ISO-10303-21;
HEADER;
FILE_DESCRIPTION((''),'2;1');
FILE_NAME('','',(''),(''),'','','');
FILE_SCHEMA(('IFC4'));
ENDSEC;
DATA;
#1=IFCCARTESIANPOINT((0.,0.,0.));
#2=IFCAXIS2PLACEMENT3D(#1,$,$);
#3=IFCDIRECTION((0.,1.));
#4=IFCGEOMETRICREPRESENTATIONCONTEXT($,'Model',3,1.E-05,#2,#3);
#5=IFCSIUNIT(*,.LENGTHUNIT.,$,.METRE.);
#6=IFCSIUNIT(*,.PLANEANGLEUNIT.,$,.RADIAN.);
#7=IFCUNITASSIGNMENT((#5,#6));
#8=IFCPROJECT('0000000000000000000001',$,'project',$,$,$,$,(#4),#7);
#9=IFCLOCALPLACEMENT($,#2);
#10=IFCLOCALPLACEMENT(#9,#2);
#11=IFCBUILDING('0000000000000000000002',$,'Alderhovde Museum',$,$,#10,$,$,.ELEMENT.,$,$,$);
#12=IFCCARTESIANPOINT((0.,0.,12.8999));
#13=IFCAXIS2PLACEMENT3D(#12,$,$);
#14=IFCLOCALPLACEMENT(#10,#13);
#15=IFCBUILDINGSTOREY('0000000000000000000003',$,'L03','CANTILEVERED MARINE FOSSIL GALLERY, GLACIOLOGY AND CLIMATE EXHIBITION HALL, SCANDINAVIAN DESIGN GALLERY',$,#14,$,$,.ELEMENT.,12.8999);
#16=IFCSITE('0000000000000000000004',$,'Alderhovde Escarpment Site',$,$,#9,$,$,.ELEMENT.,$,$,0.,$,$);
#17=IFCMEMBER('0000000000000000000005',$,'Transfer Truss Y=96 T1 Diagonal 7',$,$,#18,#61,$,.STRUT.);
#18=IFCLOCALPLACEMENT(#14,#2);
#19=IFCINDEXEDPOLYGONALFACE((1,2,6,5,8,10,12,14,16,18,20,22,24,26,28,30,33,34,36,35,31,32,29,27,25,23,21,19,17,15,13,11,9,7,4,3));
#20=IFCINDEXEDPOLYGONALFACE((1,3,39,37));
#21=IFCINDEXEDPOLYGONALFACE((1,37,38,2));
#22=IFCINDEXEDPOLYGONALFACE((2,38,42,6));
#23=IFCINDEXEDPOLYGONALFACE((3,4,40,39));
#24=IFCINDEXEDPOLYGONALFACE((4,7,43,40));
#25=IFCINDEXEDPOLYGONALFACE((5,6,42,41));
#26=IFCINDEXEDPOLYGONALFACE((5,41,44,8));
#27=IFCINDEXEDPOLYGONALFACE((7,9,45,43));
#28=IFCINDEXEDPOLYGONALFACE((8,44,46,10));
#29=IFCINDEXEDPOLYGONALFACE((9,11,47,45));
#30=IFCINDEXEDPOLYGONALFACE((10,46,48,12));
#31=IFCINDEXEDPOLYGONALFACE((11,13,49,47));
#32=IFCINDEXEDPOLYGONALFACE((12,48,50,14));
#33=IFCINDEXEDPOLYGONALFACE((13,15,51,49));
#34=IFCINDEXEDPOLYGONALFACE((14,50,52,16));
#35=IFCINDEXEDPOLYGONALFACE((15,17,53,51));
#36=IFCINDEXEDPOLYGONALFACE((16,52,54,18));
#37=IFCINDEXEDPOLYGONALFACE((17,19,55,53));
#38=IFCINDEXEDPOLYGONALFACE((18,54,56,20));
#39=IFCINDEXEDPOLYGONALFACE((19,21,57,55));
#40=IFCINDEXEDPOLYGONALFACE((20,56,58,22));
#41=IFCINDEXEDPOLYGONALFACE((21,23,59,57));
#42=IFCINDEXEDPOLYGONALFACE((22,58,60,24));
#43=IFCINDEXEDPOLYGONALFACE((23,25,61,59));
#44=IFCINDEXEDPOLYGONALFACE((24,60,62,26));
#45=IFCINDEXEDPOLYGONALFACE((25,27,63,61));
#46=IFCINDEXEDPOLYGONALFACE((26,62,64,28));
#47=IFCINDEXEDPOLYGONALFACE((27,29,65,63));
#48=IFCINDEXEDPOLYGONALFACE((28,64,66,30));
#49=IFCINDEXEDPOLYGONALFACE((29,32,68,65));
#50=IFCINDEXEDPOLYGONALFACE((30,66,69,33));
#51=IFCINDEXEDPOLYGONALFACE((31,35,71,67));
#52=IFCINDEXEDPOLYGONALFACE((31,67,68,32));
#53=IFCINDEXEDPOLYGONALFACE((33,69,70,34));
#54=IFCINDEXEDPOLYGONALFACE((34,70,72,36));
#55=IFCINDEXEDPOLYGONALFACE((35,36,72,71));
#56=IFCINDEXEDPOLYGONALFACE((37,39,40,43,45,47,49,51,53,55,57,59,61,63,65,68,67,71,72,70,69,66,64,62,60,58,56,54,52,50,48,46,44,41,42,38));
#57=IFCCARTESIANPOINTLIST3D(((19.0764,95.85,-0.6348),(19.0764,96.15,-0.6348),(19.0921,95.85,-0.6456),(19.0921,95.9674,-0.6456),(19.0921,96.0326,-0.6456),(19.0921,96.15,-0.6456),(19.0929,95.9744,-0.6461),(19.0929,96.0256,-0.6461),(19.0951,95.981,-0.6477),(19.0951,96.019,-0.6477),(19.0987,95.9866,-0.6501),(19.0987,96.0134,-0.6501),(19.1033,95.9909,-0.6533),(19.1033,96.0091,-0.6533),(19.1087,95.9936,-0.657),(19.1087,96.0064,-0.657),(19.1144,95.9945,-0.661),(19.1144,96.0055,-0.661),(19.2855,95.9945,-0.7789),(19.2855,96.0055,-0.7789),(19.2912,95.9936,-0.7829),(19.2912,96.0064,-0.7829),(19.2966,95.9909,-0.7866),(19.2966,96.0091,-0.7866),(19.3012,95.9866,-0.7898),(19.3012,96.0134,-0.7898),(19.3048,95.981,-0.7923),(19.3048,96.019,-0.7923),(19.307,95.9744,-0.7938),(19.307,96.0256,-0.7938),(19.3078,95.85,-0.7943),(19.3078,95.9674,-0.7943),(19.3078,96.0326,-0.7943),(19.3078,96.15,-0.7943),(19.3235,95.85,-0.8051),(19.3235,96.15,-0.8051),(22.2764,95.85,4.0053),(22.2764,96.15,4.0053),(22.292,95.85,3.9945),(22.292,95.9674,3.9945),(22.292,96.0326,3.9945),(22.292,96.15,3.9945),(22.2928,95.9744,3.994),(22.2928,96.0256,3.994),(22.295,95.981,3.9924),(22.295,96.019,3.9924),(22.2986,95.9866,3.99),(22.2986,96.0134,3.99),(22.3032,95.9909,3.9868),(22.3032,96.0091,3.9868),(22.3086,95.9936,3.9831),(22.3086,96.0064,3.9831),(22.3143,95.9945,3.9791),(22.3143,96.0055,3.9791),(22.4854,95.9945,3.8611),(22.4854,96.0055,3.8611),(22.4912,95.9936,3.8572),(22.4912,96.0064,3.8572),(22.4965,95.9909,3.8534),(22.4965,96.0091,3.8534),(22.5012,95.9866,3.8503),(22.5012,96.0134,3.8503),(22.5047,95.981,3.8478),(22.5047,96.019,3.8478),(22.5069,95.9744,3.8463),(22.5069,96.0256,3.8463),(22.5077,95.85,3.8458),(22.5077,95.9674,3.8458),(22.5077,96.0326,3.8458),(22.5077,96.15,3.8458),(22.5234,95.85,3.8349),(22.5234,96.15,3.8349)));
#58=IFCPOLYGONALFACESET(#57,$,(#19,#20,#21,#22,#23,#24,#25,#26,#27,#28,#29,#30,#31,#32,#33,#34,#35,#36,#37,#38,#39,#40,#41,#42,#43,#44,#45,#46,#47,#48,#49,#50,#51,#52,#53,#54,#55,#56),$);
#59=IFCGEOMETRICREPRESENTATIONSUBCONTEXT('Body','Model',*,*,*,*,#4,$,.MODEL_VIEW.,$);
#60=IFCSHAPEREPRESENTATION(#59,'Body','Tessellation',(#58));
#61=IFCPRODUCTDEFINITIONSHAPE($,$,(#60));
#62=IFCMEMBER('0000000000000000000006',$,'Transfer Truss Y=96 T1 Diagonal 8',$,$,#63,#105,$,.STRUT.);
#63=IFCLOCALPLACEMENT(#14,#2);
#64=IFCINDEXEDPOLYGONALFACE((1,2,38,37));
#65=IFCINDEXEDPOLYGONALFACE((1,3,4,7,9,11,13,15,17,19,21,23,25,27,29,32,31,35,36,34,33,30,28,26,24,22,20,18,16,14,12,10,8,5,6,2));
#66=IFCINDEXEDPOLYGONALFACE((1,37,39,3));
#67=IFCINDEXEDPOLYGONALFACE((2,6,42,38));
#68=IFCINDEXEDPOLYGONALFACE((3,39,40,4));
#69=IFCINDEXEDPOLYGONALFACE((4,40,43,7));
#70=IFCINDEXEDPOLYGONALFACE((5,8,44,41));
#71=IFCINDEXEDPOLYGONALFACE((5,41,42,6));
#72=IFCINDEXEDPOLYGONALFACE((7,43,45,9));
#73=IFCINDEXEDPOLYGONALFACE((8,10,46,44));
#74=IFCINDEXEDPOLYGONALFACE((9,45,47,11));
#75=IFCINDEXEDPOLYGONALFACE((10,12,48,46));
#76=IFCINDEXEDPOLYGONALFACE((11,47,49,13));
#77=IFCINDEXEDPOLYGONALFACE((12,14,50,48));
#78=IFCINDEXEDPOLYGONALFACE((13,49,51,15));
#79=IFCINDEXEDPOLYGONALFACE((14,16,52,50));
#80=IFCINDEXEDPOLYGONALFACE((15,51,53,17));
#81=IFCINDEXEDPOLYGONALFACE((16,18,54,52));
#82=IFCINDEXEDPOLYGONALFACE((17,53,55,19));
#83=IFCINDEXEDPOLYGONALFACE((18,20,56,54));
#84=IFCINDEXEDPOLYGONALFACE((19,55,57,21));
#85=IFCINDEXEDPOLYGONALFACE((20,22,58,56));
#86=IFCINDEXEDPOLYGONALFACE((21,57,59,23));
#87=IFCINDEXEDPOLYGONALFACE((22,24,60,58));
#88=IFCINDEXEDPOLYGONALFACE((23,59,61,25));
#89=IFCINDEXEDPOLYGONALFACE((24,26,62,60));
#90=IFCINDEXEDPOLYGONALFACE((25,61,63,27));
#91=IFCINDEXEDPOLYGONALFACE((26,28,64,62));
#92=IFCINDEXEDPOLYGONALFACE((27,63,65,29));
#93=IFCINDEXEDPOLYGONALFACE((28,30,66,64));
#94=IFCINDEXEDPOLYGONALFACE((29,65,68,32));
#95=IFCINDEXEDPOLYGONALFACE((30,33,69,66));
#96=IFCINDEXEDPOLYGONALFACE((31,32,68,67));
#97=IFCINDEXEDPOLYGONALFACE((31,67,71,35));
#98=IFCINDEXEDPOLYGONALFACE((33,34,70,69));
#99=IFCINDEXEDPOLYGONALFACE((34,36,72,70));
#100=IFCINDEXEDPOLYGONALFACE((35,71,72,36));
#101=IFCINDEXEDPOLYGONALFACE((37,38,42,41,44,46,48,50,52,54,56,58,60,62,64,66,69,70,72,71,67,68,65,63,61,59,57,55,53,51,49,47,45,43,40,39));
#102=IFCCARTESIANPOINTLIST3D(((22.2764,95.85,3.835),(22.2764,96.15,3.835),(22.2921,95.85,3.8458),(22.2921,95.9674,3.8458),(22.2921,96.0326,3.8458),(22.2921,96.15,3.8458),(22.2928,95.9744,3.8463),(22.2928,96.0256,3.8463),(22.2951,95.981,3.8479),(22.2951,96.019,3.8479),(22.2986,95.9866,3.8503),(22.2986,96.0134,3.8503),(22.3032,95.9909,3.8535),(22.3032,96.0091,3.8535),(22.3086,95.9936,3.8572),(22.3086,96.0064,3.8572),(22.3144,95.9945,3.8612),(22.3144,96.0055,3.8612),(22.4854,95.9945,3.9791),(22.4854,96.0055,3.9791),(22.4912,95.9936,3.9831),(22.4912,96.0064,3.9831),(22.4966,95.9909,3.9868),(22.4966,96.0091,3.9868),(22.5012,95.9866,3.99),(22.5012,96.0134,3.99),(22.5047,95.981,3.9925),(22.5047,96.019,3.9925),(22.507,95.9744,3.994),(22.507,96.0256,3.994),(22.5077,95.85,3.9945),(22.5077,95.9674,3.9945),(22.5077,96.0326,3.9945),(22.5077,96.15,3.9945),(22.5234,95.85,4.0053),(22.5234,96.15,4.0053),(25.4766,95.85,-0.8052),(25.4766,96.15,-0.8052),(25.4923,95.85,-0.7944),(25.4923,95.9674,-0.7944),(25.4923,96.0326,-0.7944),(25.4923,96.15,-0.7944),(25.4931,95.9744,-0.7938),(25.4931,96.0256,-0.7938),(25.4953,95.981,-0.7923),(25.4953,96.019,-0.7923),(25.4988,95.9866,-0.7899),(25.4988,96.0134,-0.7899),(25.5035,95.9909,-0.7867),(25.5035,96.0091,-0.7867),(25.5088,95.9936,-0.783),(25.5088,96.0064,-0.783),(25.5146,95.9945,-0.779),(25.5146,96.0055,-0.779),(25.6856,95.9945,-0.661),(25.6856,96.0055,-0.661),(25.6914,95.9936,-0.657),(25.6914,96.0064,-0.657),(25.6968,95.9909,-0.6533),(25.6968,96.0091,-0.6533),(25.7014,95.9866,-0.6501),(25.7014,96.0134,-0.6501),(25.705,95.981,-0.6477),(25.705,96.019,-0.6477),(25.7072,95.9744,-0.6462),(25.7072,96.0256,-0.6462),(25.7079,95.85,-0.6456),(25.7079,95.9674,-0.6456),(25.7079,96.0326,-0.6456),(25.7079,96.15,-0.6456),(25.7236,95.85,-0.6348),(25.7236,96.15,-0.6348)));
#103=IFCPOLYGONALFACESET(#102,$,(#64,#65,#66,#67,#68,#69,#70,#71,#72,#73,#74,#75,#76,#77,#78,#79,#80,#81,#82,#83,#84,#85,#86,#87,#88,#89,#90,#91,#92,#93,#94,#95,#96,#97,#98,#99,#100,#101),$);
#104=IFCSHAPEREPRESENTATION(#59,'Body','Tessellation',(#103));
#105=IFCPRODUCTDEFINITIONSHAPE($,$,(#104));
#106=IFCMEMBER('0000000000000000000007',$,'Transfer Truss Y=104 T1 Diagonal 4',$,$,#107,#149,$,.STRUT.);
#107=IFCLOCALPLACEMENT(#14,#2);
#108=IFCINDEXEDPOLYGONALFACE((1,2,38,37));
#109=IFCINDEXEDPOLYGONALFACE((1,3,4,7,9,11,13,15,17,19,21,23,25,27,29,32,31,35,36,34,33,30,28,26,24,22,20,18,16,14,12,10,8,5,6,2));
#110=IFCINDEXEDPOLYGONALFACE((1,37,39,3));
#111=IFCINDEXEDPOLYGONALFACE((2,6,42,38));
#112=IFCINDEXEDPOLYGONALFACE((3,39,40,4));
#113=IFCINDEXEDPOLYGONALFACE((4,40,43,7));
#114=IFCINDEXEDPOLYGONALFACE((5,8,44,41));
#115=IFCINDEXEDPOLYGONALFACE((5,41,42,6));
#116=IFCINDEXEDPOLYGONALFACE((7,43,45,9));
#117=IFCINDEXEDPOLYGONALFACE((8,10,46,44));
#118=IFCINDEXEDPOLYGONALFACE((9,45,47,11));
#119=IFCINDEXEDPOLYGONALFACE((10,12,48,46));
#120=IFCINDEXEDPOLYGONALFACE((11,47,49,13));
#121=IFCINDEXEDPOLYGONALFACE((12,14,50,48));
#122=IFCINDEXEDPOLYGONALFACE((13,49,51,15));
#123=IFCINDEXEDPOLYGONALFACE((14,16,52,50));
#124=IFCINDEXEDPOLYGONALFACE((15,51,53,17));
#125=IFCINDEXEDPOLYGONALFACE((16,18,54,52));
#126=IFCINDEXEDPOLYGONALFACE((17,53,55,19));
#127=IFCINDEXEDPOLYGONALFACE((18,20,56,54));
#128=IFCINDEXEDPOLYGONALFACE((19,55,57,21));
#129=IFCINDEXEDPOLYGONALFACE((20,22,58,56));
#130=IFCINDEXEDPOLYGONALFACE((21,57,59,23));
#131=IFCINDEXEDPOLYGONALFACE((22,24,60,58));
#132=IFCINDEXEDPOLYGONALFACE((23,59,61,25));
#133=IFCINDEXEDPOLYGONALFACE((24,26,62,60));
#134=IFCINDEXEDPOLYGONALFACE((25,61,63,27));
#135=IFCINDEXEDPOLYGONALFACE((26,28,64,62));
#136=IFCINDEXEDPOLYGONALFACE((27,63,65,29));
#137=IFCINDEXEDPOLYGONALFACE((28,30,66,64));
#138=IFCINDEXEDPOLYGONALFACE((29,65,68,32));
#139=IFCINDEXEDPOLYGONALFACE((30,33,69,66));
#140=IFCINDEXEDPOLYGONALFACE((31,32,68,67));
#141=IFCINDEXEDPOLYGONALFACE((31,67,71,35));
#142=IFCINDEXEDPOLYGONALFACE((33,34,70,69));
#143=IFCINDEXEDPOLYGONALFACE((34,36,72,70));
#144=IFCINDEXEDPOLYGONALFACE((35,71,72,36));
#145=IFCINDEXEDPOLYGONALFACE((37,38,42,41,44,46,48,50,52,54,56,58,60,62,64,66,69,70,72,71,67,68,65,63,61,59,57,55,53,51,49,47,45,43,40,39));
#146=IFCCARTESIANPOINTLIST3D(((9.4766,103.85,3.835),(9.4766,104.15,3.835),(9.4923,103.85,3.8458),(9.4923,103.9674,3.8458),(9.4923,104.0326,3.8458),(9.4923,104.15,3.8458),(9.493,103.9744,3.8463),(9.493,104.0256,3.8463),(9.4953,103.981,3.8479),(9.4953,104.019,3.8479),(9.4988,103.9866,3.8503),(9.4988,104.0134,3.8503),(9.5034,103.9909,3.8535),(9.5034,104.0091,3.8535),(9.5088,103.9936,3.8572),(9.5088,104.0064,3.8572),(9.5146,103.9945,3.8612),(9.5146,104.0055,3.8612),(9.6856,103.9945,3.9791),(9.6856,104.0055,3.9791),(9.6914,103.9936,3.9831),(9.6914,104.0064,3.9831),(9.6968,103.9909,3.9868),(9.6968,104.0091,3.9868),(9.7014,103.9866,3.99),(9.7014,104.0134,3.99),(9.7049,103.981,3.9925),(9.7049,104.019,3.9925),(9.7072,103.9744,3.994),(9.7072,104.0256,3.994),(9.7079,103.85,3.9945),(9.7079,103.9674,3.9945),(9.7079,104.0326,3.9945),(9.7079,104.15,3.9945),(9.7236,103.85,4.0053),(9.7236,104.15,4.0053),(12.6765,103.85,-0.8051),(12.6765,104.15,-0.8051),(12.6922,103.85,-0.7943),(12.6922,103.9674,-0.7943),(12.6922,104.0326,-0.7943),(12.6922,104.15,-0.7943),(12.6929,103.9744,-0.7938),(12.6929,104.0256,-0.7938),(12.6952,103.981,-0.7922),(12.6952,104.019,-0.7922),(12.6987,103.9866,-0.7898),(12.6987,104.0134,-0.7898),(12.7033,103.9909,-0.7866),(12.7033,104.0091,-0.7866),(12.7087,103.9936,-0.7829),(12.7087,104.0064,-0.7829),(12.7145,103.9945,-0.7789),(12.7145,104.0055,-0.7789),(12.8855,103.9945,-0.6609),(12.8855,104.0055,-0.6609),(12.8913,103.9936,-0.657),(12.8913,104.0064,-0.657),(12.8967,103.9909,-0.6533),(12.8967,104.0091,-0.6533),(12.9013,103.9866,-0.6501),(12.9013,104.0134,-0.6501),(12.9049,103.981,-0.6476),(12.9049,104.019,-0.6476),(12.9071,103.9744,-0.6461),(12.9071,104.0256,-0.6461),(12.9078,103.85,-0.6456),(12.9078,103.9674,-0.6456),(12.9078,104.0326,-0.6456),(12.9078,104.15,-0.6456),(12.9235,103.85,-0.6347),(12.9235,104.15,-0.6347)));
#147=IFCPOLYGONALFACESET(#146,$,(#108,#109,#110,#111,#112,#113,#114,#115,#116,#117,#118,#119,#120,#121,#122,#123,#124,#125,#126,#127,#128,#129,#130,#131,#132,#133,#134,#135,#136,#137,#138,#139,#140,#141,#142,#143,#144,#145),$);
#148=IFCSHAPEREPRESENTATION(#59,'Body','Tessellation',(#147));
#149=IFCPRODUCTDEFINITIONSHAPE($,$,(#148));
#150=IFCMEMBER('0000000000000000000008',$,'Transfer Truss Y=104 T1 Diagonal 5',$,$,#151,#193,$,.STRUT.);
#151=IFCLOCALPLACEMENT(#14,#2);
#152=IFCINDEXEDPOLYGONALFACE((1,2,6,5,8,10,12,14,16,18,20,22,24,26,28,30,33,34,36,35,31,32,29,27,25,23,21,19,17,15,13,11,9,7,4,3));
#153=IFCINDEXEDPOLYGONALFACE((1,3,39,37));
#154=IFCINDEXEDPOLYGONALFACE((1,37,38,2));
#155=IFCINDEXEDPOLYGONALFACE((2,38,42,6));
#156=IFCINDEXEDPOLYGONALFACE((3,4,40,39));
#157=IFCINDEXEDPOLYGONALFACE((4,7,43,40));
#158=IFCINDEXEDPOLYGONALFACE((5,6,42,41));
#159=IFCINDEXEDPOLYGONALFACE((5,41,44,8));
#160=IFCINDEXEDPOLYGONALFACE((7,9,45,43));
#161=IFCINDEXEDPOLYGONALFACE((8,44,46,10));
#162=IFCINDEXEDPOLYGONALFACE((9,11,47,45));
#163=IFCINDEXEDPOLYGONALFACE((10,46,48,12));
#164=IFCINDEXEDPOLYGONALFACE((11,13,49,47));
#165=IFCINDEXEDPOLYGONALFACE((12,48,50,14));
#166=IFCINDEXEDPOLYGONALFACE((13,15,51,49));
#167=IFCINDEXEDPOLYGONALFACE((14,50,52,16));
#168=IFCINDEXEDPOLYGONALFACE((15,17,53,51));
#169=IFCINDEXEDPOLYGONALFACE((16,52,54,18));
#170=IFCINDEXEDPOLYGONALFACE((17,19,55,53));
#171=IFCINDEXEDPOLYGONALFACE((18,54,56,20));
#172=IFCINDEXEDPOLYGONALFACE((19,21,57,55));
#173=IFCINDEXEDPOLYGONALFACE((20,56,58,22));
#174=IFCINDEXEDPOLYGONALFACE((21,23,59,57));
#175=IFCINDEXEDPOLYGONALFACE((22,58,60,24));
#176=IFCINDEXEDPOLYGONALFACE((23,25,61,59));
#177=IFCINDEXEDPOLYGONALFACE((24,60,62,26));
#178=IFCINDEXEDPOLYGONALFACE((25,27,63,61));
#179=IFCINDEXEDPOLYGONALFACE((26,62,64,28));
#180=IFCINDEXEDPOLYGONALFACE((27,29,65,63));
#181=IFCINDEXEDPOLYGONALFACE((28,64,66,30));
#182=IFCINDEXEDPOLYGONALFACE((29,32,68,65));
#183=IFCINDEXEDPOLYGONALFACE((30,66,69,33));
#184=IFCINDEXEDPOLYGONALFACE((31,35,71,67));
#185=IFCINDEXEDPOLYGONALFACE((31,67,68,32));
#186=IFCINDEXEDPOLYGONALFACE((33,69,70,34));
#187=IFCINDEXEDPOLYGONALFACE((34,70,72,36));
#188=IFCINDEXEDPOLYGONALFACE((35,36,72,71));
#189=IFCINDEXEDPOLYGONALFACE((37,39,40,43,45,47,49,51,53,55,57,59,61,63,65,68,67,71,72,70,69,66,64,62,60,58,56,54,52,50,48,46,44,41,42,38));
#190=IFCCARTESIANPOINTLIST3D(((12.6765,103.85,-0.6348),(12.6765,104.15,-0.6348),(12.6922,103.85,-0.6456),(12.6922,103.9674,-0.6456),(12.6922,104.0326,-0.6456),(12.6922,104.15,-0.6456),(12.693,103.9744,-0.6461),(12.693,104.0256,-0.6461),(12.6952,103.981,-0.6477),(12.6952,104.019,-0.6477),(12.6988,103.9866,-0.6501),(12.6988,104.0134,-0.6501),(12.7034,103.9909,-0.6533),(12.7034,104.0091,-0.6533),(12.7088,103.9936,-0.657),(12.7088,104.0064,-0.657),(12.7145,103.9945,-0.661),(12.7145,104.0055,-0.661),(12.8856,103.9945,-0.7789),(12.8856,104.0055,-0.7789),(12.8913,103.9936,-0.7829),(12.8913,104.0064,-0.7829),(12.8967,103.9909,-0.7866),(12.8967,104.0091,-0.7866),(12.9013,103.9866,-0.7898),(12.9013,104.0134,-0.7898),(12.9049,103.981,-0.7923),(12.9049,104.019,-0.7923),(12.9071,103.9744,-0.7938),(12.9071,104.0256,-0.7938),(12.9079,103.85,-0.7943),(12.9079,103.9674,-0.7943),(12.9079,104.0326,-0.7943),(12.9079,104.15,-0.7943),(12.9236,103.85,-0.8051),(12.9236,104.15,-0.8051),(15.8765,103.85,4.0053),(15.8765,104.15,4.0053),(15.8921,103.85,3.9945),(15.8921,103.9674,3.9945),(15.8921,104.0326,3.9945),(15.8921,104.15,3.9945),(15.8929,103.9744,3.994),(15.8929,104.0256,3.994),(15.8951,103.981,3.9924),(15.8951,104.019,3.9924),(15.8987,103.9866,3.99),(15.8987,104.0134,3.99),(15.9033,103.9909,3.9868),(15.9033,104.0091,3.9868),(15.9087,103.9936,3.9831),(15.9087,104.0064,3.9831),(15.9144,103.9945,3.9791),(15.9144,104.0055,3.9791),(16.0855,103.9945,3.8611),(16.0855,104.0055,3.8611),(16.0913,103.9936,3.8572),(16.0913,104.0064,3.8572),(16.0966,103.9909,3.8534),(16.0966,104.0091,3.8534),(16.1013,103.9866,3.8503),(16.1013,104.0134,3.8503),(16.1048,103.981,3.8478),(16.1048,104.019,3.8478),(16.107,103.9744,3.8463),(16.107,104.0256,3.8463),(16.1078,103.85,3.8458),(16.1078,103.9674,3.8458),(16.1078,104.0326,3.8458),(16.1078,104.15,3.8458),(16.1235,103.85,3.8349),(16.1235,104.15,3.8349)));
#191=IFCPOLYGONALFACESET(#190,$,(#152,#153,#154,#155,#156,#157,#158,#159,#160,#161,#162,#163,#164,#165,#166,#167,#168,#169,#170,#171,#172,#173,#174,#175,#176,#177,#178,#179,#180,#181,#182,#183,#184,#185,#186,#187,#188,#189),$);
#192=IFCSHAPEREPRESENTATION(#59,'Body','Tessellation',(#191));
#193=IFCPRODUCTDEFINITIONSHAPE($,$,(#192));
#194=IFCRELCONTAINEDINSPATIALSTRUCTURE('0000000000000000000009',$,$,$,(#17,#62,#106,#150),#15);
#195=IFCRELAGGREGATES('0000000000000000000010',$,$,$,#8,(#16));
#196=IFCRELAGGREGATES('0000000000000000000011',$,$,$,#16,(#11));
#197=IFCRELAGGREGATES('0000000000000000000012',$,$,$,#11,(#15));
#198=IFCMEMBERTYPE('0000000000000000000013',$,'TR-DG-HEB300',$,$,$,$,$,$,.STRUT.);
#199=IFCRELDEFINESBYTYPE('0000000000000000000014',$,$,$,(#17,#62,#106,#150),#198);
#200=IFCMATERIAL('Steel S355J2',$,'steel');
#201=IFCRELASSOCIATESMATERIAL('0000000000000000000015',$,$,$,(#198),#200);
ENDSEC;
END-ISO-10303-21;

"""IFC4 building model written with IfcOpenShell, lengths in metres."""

from ifc_helpers import new_model, si_unit, direction, frame, origin, origin_2d, place, context, subcontext, project, spatial, i_section, extrude, material, material_profile, profile_set, type_object, element, save


model = new_model("IFC4")

# Units and contexts
model_context = context("Model", 3, precision=1e-05, world=origin(), true_north=direction((0.0, 1.0)))
body_context = subcontext(model_context, "Body", "Model", "MODEL_VIEW")
ifc_project = project(units=[si_unit("LENGTHUNIT", "METRE"), si_unit("PLANEANGLEUNIT", "RADIAN")], contexts=[model_context])

# Site, building, storey
site_placement = place(None, origin())
site = spatial("IfcSite", under=ifc_project, at=site_placement, Name="Alderhovde Escarpment Site", CompositionType="ELEMENT", RefElevation=0.0)
building_placement = place(site_placement, origin())
building = spatial("IfcBuilding", under=site, at=building_placement, Name="Alderhovde Museum", CompositionType="ELEMENT")
storey_placement = place(building_placement, frame((0.0, 0.0, 12.8999)))
storey = spatial("IfcBuildingStorey", under=building, at=storey_placement, Name="L03", Description="CANTILEVERED MARINE FOSSIL GALLERY, GLACIOLOGY AND CLIMATE EXHIBITION HALL, SCANDINAVIAN DESIGN GALLERY", CompositionType="ELEMENT", Elevation=12.8999)

# Members
ifc_material_1 = material(Name="Steel S355J2", Category="steel")
ifc_material_profile_1 = material_profile(ifc_material_1, i_section(OverallWidth=0.3, OverallDepth=0.3, WebThickness=0.011, FlangeThickness=0.019, FilletRadius=0.0271, at=origin_2d()), Name="HEB 300")
ifc_profile_set_1 = profile_set([ifc_material_profile_1], Name="Steel S355J2")
member_type_1 = type_object("IfcMemberType", Name="TR-DG-HEB300", PredefinedType="STRUT", material=ifc_profile_set_1)
for number, where, z_axis, x_axis, name in (
    (1, (19.2, 96.0, -0.72), (0.567716, 0.0, 0.823225), (0.0, 1.0, 0.0), "Transfer Truss Y=96 T1 Diagonal 7"),
):
    element("IfcMember", number, at=place(storey_placement, frame(where, z_axis=z_axis, x_axis=x_axis)), inside=storey, type_object=member_type_1, Name=name, PredefinedType="STRUT", context=body_context, shape_type="SweptSolid", body=[
        extrude(i_section(OverallWidth=0.3, OverallDepth=0.3, WebThickness=0.011, FlangeThickness=0.019, FilletRadius=0.0271, at=origin_2d()), origin(), (0.0, 0.0, 1.0), 5.6365),
    ])
member_1_placement = place(storey_placement, frame((22.3999, 96.0, 3.9202), z_axis=(0.567745, 0.0, -0.823204), x_axis=(0.0, 1.0, 0.0)))
element("IfcMember", 2, at=member_1_placement, inside=storey, type_object=member_type_1, Name="Transfer Truss Y=96 T1 Diagonal 8", PredefinedType="STRUT", context=body_context, shape_type="SweptSolid", body=[
    extrude(i_section(OverallWidth=0.3, OverallDepth=0.3, WebThickness=0.011, FlangeThickness=0.019, FilletRadius=0.0271, at=origin_2d()), origin(), (0.0, 0.0, 1.0), 5.6367),
])
for number, where, z_axis, x_axis, name in (
    (3, (9.6001, 104.0, 3.9202), (0.567716, 0.0, -0.823225), (0.0, 1.0, 0.0), "Transfer Truss Y=104 T1 Diagonal 4"),
    (4, (12.8, 104.0, -0.72), (0.567716, 0.0, 0.823225), (0.0, 1.0, 0.0), "Transfer Truss Y=104 T1 Diagonal 5"),
):
    element("IfcMember", number, at=place(storey_placement, frame(where, z_axis=z_axis, x_axis=x_axis)), inside=storey, type_object=member_type_1, Name=name, PredefinedType="STRUT", context=body_context, shape_type="SweptSolid", body=[
        extrude(i_section(OverallWidth=0.3, OverallDepth=0.3, WebThickness=0.011, FlangeThickness=0.019, FilletRadius=0.0271, at=origin_2d()), origin(), (0.0, 0.0, 1.0), 5.6365),
    ])

save(model, "model.ifc")
